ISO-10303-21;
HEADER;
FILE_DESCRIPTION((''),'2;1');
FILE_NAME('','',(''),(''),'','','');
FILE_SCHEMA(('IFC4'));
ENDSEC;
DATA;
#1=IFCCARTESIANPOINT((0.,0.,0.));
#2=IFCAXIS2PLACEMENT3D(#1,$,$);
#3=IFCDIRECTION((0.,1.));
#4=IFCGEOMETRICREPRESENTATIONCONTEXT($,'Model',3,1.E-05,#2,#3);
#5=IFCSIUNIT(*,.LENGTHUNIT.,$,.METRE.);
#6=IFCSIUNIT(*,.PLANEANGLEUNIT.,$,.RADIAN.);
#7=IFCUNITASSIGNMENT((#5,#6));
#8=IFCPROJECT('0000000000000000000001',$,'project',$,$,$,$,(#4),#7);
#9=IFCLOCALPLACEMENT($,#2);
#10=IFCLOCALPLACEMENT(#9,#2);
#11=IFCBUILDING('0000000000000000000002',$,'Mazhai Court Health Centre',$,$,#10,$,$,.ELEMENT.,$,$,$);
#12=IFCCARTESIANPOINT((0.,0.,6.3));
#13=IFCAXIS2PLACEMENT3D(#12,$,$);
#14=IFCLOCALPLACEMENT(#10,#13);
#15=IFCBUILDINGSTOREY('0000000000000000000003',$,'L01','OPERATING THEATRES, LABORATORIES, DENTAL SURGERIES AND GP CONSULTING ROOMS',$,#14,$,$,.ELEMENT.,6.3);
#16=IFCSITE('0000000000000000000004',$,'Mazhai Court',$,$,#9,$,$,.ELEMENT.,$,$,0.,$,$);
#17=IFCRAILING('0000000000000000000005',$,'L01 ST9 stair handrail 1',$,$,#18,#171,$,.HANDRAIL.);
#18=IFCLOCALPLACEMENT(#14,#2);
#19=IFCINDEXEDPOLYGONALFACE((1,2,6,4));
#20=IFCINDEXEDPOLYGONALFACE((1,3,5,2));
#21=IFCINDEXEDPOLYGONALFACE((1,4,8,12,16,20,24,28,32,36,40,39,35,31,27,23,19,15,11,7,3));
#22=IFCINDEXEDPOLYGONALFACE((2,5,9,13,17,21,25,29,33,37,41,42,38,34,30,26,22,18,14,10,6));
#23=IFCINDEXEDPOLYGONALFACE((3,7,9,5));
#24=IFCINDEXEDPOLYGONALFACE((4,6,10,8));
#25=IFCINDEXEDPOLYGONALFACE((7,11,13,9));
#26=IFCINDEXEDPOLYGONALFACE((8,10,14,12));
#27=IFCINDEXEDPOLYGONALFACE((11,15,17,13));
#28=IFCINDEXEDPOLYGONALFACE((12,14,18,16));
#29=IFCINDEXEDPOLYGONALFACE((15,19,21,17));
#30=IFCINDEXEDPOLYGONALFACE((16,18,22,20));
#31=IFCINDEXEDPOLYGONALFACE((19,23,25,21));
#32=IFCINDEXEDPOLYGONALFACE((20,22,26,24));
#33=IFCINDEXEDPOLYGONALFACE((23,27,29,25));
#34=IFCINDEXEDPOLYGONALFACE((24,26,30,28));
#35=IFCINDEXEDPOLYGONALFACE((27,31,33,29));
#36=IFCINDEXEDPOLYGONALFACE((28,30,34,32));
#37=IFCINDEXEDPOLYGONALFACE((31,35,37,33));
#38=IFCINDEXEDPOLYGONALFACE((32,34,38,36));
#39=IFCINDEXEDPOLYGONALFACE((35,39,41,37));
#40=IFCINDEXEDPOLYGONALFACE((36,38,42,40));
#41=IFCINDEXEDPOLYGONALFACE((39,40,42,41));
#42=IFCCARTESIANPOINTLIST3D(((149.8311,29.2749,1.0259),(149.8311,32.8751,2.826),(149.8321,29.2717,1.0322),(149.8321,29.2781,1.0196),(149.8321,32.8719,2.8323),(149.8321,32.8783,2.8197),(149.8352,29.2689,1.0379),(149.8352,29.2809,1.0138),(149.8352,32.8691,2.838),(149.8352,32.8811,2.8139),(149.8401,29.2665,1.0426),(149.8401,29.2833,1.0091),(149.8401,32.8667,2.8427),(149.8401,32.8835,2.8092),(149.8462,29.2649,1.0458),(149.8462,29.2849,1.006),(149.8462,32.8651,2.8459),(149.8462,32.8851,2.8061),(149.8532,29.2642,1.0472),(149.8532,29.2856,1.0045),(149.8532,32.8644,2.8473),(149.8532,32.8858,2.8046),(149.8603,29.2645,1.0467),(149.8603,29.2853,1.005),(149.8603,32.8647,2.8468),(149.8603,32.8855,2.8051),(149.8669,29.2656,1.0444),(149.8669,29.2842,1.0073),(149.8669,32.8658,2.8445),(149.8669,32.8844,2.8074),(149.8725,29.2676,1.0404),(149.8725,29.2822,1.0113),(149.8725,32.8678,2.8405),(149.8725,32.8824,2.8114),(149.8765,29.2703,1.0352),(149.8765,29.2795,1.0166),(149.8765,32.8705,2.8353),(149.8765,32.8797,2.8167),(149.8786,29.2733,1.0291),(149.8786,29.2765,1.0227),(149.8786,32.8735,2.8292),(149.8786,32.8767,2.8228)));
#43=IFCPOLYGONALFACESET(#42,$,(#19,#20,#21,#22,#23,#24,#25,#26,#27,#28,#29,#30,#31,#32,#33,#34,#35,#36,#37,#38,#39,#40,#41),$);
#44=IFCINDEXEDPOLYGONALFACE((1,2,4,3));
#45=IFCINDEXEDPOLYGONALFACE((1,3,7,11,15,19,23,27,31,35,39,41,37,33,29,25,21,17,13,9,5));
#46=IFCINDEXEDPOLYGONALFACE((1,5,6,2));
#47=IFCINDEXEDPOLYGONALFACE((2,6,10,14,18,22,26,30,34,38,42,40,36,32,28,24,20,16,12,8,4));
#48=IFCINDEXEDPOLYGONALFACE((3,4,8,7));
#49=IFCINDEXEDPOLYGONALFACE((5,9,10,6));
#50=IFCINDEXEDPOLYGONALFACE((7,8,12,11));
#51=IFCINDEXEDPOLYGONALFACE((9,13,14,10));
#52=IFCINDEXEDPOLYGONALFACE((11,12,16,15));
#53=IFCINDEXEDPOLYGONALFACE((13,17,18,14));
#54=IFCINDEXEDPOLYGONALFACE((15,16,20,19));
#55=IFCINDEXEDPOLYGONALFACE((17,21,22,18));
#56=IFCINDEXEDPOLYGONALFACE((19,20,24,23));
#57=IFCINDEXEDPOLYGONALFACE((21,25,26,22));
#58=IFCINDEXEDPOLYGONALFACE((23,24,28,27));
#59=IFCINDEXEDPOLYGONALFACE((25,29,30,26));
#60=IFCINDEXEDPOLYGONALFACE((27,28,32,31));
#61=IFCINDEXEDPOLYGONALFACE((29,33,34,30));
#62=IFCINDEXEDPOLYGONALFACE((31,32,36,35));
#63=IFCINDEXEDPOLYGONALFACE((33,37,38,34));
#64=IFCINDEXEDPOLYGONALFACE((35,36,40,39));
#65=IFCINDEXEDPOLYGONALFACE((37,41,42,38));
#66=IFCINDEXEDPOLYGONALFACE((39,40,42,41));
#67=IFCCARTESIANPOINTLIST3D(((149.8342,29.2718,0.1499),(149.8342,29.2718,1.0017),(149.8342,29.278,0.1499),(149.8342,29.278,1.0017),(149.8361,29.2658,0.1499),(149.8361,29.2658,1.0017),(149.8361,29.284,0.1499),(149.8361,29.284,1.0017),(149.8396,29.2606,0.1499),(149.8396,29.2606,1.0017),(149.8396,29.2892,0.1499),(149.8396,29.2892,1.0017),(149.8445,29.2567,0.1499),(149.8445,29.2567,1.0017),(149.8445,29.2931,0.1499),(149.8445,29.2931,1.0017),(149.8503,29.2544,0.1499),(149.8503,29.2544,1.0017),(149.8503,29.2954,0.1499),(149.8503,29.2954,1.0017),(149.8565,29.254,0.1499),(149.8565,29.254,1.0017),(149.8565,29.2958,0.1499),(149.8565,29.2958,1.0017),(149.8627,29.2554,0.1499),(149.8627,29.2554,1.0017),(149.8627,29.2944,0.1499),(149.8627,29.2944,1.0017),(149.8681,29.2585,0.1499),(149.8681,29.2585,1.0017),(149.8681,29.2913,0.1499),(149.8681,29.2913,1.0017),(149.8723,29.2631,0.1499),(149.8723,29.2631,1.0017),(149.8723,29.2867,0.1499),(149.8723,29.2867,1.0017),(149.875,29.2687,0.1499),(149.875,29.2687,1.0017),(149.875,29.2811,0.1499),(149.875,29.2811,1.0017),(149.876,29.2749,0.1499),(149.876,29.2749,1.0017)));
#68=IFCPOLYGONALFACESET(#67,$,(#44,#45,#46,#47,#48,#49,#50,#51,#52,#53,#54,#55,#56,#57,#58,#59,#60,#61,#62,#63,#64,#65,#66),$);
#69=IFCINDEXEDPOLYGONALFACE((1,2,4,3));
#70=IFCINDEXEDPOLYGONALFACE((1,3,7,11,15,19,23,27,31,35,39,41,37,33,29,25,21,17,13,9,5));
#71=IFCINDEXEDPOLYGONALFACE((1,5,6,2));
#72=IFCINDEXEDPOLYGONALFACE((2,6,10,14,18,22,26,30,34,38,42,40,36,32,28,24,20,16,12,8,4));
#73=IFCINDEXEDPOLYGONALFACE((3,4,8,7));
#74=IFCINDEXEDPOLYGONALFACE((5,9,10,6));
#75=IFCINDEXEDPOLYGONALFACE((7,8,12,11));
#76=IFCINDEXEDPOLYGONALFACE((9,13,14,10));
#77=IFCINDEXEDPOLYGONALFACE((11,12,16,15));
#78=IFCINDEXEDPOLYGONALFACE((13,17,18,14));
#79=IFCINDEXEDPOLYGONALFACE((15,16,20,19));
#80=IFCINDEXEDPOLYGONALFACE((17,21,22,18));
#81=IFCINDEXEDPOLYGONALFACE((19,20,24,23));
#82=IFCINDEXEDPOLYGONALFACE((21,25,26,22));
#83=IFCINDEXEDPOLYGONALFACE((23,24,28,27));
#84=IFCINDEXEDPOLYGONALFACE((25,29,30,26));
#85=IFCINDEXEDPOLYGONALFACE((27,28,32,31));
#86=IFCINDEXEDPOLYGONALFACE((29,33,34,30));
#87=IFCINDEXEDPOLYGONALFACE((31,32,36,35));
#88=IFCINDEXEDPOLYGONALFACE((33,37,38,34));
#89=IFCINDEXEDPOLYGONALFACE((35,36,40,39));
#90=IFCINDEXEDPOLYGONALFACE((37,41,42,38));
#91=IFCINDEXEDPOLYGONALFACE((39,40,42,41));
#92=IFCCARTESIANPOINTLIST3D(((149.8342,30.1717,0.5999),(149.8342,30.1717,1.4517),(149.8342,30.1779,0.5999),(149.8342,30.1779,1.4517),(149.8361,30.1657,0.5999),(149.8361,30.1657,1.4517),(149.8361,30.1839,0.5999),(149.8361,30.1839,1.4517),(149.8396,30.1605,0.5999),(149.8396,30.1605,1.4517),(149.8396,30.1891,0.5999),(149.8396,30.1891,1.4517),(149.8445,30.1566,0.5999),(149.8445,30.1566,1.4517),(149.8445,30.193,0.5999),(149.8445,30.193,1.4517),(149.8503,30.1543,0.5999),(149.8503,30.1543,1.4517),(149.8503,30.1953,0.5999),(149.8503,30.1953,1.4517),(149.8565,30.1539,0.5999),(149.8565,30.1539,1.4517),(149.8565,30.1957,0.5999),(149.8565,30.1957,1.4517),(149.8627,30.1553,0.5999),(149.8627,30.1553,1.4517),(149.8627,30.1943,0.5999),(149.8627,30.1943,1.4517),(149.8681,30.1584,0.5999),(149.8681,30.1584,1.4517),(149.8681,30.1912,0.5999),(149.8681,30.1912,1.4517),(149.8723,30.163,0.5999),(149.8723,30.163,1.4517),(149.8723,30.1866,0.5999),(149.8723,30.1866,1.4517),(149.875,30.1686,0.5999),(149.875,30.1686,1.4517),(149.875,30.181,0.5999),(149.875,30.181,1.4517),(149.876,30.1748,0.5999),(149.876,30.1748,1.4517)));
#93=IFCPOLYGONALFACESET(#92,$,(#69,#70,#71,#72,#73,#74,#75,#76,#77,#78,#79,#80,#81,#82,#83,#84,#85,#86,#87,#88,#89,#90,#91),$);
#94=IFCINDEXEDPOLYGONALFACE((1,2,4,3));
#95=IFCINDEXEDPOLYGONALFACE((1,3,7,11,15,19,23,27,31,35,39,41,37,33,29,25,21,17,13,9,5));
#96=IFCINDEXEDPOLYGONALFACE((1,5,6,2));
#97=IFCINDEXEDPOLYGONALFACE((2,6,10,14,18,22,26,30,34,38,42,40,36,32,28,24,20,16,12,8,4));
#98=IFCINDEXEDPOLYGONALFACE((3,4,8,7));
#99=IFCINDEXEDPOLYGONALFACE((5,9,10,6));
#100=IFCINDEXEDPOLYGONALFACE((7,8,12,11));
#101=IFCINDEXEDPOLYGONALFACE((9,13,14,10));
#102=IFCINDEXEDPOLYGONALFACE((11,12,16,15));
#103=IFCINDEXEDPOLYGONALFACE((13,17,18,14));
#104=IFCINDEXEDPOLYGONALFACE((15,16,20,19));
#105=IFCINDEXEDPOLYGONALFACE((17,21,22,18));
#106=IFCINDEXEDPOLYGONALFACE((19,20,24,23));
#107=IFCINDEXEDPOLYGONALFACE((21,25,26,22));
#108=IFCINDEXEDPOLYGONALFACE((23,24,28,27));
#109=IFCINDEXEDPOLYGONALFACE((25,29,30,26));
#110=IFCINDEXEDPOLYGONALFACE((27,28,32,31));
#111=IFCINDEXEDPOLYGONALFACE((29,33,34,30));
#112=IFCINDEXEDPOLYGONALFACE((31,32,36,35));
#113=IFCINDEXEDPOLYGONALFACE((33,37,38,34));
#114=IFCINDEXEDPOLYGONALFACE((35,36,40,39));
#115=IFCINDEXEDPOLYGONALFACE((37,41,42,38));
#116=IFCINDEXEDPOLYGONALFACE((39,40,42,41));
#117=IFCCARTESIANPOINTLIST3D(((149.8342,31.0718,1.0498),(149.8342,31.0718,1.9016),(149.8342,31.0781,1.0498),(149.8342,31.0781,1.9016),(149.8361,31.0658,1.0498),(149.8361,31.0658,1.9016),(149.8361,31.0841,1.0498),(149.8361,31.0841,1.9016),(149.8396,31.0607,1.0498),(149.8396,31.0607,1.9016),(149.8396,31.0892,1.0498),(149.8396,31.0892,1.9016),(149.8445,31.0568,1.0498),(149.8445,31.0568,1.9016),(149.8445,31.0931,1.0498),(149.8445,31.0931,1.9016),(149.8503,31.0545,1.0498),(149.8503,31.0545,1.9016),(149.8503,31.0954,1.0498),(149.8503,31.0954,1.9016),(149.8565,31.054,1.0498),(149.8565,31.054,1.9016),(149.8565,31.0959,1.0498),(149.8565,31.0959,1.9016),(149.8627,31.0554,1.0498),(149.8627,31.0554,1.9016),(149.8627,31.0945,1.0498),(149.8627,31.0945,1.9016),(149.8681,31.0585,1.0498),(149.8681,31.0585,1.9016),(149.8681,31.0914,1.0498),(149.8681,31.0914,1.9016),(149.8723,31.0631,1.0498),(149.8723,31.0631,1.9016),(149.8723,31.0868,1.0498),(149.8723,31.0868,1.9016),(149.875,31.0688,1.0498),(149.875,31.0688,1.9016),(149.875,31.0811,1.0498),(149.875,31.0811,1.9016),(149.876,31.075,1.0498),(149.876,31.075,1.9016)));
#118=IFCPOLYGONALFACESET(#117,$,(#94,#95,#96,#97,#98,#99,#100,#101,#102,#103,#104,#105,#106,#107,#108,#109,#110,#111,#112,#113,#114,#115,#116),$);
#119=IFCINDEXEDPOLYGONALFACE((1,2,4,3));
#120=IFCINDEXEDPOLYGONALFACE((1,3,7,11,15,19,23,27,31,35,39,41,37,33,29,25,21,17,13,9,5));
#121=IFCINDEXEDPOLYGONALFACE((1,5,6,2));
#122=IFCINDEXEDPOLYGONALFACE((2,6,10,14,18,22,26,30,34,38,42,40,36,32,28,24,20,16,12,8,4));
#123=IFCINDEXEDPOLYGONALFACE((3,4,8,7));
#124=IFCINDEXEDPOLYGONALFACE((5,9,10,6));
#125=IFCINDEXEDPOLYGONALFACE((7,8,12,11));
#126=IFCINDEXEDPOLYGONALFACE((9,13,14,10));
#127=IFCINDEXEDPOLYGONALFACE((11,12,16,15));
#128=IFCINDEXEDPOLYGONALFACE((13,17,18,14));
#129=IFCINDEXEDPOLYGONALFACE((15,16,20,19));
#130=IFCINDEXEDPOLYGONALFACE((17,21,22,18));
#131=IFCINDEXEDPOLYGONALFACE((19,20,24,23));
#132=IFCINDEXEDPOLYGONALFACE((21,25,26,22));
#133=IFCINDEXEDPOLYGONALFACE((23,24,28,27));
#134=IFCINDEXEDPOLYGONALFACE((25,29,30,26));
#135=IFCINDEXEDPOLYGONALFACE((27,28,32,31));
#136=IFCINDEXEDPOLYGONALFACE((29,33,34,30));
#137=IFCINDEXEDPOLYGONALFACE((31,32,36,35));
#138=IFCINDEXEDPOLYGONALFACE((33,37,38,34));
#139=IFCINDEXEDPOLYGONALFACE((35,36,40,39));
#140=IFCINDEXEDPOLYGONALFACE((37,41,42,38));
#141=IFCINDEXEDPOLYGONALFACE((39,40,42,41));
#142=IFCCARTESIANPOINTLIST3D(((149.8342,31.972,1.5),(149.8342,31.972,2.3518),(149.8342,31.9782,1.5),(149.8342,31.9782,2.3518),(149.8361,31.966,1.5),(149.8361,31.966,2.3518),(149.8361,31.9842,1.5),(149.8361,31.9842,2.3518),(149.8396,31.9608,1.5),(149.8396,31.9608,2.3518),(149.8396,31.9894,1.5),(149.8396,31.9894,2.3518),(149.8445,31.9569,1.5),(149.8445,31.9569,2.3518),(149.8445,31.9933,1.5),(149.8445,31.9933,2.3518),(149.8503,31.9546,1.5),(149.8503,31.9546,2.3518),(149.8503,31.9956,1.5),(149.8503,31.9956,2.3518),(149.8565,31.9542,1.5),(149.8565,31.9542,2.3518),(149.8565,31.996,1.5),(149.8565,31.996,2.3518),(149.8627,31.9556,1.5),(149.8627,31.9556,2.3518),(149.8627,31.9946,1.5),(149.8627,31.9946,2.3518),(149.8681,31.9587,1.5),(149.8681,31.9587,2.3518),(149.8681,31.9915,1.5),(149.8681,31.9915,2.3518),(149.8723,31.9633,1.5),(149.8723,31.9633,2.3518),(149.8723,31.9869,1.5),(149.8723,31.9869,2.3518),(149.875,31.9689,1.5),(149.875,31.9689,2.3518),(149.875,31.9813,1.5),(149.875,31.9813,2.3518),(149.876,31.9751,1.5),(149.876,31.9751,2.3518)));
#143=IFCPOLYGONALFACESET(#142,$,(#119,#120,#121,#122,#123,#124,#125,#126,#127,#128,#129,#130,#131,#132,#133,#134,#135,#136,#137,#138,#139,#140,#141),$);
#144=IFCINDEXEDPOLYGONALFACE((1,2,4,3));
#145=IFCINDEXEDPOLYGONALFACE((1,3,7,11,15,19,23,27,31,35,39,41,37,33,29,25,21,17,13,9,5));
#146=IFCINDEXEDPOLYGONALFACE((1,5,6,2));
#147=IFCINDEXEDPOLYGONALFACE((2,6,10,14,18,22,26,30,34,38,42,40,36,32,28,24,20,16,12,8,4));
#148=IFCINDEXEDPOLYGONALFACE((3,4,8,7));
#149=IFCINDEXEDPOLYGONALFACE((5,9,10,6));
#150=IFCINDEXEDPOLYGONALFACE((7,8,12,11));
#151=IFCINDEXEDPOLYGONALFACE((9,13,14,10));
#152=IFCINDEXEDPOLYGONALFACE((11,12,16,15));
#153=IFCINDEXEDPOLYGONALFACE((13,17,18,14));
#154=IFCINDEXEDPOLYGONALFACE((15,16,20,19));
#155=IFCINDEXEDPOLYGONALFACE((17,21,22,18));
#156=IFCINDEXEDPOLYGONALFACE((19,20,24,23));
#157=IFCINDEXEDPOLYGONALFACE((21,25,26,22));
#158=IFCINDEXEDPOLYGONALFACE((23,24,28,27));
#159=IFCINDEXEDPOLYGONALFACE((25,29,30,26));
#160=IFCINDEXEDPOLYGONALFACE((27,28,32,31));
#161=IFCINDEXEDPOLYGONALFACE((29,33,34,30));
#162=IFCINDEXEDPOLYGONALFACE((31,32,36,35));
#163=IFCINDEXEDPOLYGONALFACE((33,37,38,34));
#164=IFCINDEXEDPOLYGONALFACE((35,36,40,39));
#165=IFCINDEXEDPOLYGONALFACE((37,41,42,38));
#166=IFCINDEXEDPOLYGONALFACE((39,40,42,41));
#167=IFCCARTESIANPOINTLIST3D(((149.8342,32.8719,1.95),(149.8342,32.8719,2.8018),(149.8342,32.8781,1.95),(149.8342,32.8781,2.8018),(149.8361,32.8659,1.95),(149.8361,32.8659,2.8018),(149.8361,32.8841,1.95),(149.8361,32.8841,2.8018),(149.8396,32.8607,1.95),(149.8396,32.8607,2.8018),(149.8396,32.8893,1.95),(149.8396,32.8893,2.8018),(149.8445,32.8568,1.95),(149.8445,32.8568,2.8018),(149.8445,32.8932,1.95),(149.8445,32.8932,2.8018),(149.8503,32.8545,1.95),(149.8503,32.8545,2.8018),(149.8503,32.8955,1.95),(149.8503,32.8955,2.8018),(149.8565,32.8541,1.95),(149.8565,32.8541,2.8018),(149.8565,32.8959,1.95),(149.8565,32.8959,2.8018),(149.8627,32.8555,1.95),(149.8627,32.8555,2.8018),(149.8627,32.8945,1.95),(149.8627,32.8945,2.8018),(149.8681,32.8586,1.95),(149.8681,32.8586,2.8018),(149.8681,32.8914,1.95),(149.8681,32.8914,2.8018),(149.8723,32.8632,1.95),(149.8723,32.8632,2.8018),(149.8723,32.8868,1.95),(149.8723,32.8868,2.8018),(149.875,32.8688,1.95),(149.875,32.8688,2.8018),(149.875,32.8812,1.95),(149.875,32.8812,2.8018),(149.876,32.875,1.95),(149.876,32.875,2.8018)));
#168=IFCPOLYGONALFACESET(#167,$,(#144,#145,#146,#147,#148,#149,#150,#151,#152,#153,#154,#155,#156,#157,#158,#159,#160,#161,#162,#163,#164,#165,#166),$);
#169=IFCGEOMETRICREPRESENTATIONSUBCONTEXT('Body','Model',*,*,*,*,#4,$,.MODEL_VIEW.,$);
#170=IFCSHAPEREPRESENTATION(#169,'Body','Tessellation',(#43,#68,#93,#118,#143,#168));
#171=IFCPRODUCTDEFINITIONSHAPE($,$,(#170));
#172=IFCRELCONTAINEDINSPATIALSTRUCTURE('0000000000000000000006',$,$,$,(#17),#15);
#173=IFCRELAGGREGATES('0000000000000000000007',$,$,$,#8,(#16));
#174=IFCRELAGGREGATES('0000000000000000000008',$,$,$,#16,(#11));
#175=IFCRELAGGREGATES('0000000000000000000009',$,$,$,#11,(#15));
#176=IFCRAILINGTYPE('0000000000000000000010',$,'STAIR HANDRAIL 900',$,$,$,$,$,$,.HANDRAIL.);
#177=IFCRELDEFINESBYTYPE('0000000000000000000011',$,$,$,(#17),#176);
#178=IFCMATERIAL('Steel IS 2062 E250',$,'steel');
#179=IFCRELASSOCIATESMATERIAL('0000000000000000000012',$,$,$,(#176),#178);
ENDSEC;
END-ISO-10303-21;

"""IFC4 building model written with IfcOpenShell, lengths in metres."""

from ifc_helpers import new_model, si_unit, direction, frame, origin, origin_2d, place, context, subcontext, project, spatial, circle, extrude, material, type_object, element, save


model = new_model("IFC4")

# Units and contexts
model_context = context("Model", 3, precision=1e-05, world=origin(), true_north=direction((0.0, 1.0)))
body_context = subcontext(model_context, "Body", "Model", "MODEL_VIEW")
ifc_project = project(units=[si_unit("LENGTHUNIT", "METRE"), si_unit("PLANEANGLEUNIT", "RADIAN")], contexts=[model_context])

# Site, building, storey
site_placement = place(None, origin())
site = spatial("IfcSite", under=ifc_project, at=site_placement, Name="Mazhai Court", CompositionType="ELEMENT", RefElevation=0.0)
building_placement = place(site_placement, origin())
building = spatial("IfcBuilding", under=site, at=building_placement, Name="Mazhai Court Health Centre", CompositionType="ELEMENT")
storey_placement = place(building_placement, frame((0.0, 0.0, 6.3)))
storey = spatial("IfcBuildingStorey", under=building, at=storey_placement, Name="L01", Description="OPERATING THEATRES, LABORATORIES, DENTAL SURGERIES AND GP CONSULTING ROOMS", CompositionType="ELEMENT", Elevation=6.3)

# Railing
ifc_material_1 = material(Name="Steel IS 2062 E250", Category="steel")
railing_type_1 = type_object("IfcRailingType", Name="STAIR HANDRAIL 900", PredefinedType="HANDRAIL", material=ifc_material_1)
railing_1_placement = place(storey_placement, frame((149.855, 29.2749, 0.1499)))
element("IfcRailing", 1, at=railing_1_placement, inside=storey, type_object=railing_type_1, Name="L01 ST9 stair handrail 1", PredefinedType="HANDRAIL", context=body_context, shape_type="SweptSolid", body=[
    extrude(circle(Radius=0.0239, at=origin_2d()), frame((0.0, 0.0, 0.876), z_axis=(0.0, 0.894427, 0.447214), x_axis=(-1.0, 0.0, 0.0)), (0.0, 0.0, 1.0), 4.0251),
    extrude(circle(Radius=0.021, at=origin_2d()), origin(), (0.0, 0.0, 1.0), 0.8518),
    extrude(circle(Radius=0.021, at=origin_2d()), frame((0.0, 0.8999, 0.45)), (0.0, 0.0, 1.0), 0.8518),
    extrude(circle(Radius=0.021, at=origin_2d()), frame((0.0, 1.8, 0.8999)), (0.0, 0.0, 1.0), 0.8518),
    extrude(circle(Radius=0.021, at=origin_2d()), frame((0.0, 2.7002, 1.3501)), (0.0, 0.0, 1.0), 0.8518),
    extrude(circle(Radius=0.021, at=origin_2d()), frame((0.0, 3.6001, 1.8)), (0.0, 0.0, 1.0), 0.8518),
])

save(model, "model.ifc")
